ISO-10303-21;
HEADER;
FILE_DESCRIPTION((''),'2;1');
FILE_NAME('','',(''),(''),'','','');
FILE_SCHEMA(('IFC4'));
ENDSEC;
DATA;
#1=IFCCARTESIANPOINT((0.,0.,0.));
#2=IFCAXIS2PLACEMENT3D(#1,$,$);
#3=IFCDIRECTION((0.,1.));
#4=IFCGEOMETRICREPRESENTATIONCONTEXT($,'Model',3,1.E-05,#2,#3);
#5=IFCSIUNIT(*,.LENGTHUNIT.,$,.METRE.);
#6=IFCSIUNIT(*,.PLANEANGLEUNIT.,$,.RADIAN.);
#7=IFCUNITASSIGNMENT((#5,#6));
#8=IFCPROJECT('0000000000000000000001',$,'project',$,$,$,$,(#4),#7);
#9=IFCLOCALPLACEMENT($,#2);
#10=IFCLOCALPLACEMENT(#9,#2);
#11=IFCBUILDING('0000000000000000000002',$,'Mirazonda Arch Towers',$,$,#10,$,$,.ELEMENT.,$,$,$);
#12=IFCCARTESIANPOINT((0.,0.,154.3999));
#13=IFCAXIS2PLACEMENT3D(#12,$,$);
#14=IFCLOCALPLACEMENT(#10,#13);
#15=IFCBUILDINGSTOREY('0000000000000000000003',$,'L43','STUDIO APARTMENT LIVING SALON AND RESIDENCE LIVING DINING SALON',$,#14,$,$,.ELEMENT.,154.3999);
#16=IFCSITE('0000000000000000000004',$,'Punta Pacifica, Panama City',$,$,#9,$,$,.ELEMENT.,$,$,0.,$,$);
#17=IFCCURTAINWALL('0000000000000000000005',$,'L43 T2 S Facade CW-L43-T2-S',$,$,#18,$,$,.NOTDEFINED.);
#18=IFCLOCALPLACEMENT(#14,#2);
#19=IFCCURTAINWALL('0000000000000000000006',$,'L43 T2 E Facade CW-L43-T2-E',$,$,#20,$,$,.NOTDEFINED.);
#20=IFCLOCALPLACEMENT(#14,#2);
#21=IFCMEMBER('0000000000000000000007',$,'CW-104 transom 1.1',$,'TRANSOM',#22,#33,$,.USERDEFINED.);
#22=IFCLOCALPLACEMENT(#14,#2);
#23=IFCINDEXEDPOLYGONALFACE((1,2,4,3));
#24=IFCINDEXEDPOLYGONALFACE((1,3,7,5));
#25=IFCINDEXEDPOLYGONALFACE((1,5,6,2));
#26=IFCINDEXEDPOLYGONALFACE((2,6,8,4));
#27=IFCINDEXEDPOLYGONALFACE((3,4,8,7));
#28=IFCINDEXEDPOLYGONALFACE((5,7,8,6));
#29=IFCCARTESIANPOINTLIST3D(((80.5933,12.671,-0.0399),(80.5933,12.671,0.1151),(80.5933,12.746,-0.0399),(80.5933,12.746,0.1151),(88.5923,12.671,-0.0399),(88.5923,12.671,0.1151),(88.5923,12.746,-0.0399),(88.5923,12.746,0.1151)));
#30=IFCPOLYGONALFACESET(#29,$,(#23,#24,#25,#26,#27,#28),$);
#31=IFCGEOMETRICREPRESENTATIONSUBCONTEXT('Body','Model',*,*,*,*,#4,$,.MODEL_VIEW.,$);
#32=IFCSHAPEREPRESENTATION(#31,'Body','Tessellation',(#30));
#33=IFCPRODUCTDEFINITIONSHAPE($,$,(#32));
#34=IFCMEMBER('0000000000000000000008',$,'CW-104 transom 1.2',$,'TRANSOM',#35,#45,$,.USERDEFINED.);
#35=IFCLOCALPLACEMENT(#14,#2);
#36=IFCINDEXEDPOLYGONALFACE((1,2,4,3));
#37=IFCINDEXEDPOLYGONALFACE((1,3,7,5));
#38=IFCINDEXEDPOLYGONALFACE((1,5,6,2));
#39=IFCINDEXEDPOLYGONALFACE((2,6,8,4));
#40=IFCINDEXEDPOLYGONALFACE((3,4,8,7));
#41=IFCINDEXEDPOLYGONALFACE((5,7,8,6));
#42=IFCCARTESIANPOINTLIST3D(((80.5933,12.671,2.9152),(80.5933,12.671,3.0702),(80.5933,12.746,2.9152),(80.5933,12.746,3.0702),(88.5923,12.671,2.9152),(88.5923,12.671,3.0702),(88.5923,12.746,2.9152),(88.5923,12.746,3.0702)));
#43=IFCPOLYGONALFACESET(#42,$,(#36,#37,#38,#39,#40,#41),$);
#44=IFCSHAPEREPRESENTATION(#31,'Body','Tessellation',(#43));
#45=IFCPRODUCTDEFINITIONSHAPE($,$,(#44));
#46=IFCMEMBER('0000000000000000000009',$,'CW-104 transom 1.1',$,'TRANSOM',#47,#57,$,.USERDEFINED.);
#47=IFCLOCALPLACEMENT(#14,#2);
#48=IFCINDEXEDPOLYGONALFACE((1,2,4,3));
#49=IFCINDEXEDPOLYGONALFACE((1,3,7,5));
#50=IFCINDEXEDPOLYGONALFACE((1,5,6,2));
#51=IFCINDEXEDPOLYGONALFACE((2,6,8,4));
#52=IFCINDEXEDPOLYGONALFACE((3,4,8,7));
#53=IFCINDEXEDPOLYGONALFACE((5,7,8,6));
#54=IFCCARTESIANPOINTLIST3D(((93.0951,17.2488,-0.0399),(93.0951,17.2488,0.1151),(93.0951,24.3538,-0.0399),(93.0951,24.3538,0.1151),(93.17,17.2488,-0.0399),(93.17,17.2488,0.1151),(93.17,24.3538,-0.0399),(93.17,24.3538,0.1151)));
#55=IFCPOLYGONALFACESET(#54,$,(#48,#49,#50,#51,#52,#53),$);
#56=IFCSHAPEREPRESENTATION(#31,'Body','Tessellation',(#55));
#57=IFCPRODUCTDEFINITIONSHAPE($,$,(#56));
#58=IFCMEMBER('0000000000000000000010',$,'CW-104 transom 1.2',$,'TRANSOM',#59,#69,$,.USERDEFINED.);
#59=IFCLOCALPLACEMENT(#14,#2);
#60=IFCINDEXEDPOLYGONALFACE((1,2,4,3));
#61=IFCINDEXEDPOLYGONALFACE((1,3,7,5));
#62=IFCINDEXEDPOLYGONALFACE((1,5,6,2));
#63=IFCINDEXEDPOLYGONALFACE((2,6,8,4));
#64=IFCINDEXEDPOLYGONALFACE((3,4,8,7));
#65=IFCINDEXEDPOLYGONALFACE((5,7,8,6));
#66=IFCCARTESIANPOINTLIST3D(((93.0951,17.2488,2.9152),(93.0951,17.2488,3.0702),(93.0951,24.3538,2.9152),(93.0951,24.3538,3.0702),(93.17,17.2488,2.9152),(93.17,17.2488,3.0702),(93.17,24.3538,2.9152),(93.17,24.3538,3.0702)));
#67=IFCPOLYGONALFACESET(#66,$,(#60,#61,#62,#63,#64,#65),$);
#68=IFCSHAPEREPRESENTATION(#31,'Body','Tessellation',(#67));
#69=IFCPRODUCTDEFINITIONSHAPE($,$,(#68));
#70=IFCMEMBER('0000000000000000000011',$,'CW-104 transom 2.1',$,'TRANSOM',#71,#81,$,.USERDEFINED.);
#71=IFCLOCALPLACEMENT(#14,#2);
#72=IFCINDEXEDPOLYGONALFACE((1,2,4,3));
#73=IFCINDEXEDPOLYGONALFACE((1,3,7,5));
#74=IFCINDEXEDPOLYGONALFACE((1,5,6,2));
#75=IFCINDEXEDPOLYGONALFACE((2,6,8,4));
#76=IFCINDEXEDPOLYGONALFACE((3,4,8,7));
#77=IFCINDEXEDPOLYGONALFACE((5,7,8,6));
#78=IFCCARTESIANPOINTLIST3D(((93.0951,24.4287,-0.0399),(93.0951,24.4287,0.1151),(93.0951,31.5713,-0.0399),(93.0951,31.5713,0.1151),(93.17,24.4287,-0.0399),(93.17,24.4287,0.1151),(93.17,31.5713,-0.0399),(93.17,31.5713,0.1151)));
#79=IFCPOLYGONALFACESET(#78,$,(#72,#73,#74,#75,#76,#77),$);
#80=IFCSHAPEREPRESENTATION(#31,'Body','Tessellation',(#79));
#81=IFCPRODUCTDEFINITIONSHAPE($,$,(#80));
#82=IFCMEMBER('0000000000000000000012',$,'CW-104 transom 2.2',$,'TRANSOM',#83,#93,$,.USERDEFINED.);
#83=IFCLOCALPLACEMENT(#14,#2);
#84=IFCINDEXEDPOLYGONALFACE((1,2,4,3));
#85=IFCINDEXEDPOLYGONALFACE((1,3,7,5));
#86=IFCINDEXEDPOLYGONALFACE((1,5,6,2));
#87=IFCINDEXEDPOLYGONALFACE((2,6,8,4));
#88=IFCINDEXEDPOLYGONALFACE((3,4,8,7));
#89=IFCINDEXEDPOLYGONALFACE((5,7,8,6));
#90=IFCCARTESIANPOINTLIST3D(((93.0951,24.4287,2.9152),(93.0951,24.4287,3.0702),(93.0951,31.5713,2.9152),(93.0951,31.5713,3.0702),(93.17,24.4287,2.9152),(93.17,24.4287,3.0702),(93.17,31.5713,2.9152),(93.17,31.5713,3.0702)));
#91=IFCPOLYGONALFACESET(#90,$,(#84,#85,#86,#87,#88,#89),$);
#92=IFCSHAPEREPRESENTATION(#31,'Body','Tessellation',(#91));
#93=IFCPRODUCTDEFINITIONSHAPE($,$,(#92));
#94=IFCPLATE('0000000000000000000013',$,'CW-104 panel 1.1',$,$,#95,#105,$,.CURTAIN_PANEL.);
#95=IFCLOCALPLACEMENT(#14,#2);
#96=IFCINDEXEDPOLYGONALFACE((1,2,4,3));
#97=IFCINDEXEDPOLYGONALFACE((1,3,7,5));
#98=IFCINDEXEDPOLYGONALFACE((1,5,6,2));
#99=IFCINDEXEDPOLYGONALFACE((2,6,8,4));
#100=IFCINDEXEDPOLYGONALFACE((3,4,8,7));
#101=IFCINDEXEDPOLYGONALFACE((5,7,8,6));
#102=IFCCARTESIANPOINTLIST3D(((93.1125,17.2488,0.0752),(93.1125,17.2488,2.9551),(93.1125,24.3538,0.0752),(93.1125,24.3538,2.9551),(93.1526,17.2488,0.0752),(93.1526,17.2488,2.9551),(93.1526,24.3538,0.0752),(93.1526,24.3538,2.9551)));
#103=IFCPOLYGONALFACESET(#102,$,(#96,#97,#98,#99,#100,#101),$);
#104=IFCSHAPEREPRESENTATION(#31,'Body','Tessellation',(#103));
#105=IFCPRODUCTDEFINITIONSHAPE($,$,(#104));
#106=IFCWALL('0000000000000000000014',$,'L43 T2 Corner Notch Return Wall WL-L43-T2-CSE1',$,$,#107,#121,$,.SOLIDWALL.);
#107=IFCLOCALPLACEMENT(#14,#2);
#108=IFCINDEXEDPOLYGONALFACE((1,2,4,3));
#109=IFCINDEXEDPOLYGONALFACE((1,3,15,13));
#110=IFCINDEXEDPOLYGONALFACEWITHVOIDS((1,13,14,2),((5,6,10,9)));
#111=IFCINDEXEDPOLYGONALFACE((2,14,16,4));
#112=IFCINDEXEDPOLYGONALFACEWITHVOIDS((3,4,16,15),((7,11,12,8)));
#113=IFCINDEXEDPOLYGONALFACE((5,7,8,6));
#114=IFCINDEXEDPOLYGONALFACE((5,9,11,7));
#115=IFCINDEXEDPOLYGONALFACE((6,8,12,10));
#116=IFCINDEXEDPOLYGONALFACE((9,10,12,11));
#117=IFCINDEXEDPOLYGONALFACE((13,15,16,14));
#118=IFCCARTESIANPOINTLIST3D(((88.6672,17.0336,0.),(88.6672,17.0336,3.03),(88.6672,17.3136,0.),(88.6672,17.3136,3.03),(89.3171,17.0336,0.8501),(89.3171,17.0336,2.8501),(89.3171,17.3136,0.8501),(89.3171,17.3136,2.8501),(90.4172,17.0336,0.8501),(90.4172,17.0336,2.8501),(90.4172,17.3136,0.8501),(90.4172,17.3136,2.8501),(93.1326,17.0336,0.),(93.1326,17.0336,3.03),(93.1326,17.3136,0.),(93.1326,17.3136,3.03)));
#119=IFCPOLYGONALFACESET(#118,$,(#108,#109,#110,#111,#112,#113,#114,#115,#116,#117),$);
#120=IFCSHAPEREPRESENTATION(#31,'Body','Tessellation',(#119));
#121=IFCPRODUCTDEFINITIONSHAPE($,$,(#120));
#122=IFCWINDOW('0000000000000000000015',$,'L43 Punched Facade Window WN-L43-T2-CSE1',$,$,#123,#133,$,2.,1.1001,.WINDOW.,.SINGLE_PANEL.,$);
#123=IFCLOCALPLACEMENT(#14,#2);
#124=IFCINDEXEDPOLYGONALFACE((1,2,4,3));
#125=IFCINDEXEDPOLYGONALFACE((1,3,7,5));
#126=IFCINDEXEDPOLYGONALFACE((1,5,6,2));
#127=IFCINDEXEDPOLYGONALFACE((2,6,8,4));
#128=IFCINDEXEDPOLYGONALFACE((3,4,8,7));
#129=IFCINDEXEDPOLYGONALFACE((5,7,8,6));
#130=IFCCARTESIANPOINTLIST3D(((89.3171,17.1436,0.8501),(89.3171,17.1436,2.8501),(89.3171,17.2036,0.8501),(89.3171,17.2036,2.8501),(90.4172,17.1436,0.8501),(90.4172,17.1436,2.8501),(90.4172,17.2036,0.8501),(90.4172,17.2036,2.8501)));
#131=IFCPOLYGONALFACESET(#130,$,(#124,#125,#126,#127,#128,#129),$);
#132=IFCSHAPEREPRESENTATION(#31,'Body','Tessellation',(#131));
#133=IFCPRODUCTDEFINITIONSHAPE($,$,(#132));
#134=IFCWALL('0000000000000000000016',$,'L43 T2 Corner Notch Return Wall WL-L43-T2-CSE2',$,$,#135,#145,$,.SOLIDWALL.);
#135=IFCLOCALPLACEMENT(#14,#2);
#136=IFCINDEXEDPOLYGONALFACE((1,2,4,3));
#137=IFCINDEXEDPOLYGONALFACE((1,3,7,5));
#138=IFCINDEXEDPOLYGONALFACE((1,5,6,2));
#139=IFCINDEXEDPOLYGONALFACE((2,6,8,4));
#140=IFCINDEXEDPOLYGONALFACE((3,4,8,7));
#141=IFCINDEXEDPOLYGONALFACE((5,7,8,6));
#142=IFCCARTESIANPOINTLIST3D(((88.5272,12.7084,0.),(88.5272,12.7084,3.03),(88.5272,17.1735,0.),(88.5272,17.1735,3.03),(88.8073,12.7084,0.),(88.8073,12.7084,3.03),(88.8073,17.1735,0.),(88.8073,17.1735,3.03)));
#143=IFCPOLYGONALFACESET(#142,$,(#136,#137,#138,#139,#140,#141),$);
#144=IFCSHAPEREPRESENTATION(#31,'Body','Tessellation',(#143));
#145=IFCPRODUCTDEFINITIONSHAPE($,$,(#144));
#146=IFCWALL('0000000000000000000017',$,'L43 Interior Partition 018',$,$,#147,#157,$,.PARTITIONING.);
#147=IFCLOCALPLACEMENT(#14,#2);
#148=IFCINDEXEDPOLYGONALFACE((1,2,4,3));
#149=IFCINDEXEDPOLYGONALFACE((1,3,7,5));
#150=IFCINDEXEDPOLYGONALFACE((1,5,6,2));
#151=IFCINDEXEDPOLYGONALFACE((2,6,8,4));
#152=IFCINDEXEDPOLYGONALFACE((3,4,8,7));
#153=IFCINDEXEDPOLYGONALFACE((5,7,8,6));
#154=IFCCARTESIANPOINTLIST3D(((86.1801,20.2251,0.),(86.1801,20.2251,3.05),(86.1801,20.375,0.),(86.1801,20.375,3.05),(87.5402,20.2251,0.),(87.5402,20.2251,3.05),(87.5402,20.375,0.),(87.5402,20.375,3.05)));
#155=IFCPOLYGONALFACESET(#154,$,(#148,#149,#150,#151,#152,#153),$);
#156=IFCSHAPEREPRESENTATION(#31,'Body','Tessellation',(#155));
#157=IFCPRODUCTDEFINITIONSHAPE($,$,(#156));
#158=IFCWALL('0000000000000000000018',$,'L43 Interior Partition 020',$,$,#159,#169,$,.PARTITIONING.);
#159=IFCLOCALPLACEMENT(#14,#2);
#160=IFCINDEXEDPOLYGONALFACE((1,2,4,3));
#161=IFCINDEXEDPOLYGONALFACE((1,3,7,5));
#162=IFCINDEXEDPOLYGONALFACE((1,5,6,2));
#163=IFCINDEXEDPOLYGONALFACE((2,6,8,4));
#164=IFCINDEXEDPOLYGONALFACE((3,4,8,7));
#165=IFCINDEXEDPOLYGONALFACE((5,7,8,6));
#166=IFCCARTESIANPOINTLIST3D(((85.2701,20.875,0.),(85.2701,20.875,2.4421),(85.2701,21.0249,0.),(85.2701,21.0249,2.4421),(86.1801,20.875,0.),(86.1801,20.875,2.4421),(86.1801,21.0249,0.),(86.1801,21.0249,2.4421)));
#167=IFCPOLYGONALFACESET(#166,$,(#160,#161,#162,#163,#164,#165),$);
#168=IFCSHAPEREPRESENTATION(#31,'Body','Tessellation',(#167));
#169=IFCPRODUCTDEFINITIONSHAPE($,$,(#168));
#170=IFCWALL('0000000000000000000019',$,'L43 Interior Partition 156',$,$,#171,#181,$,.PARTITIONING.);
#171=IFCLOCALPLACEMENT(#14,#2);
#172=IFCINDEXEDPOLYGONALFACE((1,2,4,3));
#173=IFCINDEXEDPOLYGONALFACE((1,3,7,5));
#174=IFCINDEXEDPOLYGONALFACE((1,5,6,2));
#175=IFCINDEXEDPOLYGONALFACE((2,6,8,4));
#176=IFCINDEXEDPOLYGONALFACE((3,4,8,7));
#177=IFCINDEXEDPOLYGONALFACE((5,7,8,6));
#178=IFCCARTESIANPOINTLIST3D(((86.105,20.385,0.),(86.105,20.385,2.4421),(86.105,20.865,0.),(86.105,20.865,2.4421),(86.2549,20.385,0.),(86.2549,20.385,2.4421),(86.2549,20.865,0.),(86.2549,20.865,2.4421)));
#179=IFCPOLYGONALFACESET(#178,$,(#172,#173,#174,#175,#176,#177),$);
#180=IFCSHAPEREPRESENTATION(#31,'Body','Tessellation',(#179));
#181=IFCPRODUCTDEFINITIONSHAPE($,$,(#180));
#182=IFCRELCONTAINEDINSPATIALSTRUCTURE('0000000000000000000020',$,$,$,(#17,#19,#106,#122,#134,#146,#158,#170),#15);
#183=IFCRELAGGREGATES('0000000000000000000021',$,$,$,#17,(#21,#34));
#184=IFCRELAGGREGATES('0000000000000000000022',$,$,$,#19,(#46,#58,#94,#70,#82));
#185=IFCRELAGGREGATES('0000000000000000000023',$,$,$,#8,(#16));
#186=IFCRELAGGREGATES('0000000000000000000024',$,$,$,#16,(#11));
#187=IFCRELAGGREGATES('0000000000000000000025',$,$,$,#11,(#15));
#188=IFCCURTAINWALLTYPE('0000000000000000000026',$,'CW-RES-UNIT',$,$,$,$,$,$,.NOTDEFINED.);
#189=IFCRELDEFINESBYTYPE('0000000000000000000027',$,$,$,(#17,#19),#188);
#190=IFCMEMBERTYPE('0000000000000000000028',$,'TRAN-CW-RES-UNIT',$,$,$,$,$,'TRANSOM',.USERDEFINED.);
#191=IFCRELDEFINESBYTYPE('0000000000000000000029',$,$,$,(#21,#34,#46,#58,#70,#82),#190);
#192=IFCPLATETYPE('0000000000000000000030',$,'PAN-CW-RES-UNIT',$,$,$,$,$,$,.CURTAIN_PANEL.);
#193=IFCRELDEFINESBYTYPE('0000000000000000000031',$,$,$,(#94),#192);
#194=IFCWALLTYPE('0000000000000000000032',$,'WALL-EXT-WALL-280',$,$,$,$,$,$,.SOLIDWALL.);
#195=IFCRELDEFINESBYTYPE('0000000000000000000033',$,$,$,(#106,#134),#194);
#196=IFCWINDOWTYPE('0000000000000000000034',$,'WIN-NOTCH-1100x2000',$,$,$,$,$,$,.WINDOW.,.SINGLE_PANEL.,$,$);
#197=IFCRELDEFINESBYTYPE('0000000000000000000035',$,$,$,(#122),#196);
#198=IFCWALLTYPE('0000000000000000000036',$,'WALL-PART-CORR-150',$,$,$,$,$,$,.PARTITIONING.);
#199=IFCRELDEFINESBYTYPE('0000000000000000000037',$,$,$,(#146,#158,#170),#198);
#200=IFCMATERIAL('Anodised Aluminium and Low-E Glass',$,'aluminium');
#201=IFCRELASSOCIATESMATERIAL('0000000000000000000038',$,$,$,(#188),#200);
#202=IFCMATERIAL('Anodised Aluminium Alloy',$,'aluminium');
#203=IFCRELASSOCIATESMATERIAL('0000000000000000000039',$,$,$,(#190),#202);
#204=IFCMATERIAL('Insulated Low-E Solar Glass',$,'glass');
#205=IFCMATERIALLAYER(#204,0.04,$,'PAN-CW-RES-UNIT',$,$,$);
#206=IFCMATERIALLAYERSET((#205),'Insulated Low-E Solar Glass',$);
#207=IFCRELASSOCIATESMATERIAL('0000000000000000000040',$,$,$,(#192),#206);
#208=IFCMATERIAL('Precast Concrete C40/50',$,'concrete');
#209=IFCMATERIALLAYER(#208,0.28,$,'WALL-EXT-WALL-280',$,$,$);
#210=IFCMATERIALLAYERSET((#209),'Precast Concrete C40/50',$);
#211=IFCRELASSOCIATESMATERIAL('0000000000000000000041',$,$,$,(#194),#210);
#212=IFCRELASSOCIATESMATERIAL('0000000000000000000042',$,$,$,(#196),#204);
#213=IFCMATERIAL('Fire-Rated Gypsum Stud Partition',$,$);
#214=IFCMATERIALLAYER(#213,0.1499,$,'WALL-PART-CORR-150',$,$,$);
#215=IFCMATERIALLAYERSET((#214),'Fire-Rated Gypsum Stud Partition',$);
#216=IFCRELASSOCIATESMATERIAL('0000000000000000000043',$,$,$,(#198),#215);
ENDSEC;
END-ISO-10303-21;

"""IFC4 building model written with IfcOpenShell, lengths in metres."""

from ifc_helpers import new_model, si_unit, direction, frame, frame_2d, origin, origin_2d, place, context, subcontext, project, spatial, rectangle, extrude, material, layer, layer_set, material_profile, profile_set, type_object, element, fill, aggregate, save


model = new_model("IFC4")

# Units and contexts
model_context = context("Model", 3, precision=1e-05, world=origin(), true_north=direction((0.0, 1.0)))
body_context = subcontext(model_context, "Body", "Model", "MODEL_VIEW")
ifc_project = project(units=[si_unit("LENGTHUNIT", "METRE"), si_unit("PLANEANGLEUNIT", "RADIAN")], contexts=[model_context])

# Site, building, storey
site_placement = place(None, origin())
site = spatial("IfcSite", under=ifc_project, at=site_placement, Name="Punta Pacifica, Panama City", CompositionType="ELEMENT", RefElevation=0.0)
building_placement = place(site_placement, origin())
building = spatial("IfcBuilding", under=site, at=building_placement, Name="Mirazonda Arch Towers", CompositionType="ELEMENT")
storey_placement = place(building_placement, frame((0.0, 0.0, 154.3999)))
storey = spatial("IfcBuildingStorey", under=building, at=storey_placement, Name="L43", Description="STUDIO APARTMENT LIVING SALON AND RESIDENCE LIVING DINING SALON", CompositionType="ELEMENT", Elevation=154.3999)

# Curtain wall
ifc_material_1 = material(Name="Anodised Aluminium and Low-E Glass", Category="aluminium")
curtain_wall_type = type_object("IfcCurtainWallType", Name="CW-RES-UNIT", PredefinedType="NOTDEFINED", material=ifc_material_1)
curtain_wall_1_placement = place(storey_placement, origin())
curtain_wall_1 = element("IfcCurtainWall", 1, at=curtain_wall_1_placement, inside=storey, type_object=curtain_wall_type, Name="L43 T2 S Facade CW-L43-T2-S", PredefinedType="NOTDEFINED")
ifc_material_2 = material(Name="Anodised Aluminium Alloy", Category="aluminium")

# Curtain wall
curtain_wall_2_placement = place(storey_placement, origin())
curtain_wall_2 = element("IfcCurtainWall", 2, at=curtain_wall_2_placement, inside=storey, type_object=curtain_wall_type, Name="L43 T2 E Facade CW-L43-T2-E", PredefinedType="NOTDEFINED")

# Members
ifc_material_profile_1 = material_profile(ifc_material_2, rectangle(XDim=0.075, YDim=0.155, at=origin_2d()), Name="ALU-TRAN-75x155")
ifc_profile_set_1 = profile_set([ifc_material_profile_1], Name="Anodised Aluminium Alloy")
member_type_1 = type_object("IfcMemberType", Name="TRAN-CW-RES-UNIT", ElementType="TRANSOM", PredefinedType="USERDEFINED", material=ifc_profile_set_1)
member_1_placement = place(storey_placement, frame((88.5923, 12.7085, 0.0376), z_axis=(-1.0, 0.0, 0.0), x_axis=(0.0, -1.0, 0.0)))
member_1 = element("IfcMember", 3, at=member_1_placement, type_object=member_type_1, Name="CW-104 transom 1.1", ObjectType="TRANSOM", PredefinedType="USERDEFINED", context=body_context, shape_type="SweptSolid", body=[
    extrude(rectangle(XDim=0.075, YDim=0.155, at=origin_2d()), origin(), (0.0, 0.0, 1.0), 7.999),
])
member_2_placement = place(storey_placement, frame((88.5923, 12.7085, 2.9927), z_axis=(-1.0, 0.0, 0.0), x_axis=(0.0, -1.0, 0.0)))
member_2 = element("IfcMember", 4, at=member_2_placement, type_object=member_type_1, Name="CW-104 transom 1.2", ObjectType="TRANSOM", PredefinedType="USERDEFINED", context=body_context, shape_type="SweptSolid", body=[
    extrude(rectangle(XDim=0.075, YDim=0.155, at=origin_2d()), origin(), (0.0, 0.0, 1.0), 7.999),
])
aggregate(curtain_wall_1, [member_1, member_2])
member_3_placement = place(storey_placement, frame((93.1326, 17.2488, 0.0376), z_axis=(0.0, 1.0, 0.0), x_axis=(-1.0, 0.0, 0.0)))
member_3 = element("IfcMember", 5, at=member_3_placement, type_object=member_type_1, Name="CW-104 transom 1.1", ObjectType="TRANSOM", PredefinedType="USERDEFINED", context=body_context, shape_type="SweptSolid", body=[
    extrude(rectangle(XDim=0.075, YDim=0.155, at=origin_2d()), origin(), (0.0, 0.0, 1.0), 7.105),
])
member_4_placement = place(storey_placement, frame((93.1326, 17.2488, 2.9927), z_axis=(0.0, 1.0, 0.0), x_axis=(-1.0, 0.0, 0.0)))
member_4 = element("IfcMember", 6, at=member_4_placement, type_object=member_type_1, Name="CW-104 transom 1.2", ObjectType="TRANSOM", PredefinedType="USERDEFINED", context=body_context, shape_type="SweptSolid", body=[
    extrude(rectangle(XDim=0.075, YDim=0.155, at=origin_2d()), origin(), (0.0, 0.0, 1.0), 7.105),
])
member_5_placement = place(storey_placement, frame((93.1326, 24.4287, 0.0376), z_axis=(0.0, 1.0, 0.0), x_axis=(-1.0, 0.0, 0.0)))
member_5 = element("IfcMember", 7, at=member_5_placement, type_object=member_type_1, Name="CW-104 transom 2.1", ObjectType="TRANSOM", PredefinedType="USERDEFINED", context=body_context, shape_type="SweptSolid", body=[
    extrude(rectangle(XDim=0.075, YDim=0.155, at=origin_2d()), origin(), (0.0, 0.0, 1.0), 7.1426),
])
member_6_placement = place(storey_placement, frame((93.1326, 24.4287, 2.9927), z_axis=(0.0, 1.0, 0.0), x_axis=(-1.0, 0.0, 0.0)))
member_6 = element("IfcMember", 8, at=member_6_placement, type_object=member_type_1, Name="CW-104 transom 2.2", ObjectType="TRANSOM", PredefinedType="USERDEFINED", context=body_context, shape_type="SweptSolid", body=[
    extrude(rectangle(XDim=0.075, YDim=0.155, at=origin_2d()), origin(), (0.0, 0.0, 1.0), 7.1426),
])

# Plate
ifc_material_3 = material(Name="Insulated Low-E Solar Glass", Category="glass")
ifc_layer_1 = layer(ifc_material_3, 0.04, Name="PAN-CW-RES-UNIT")
ifc_layer_set_1 = layer_set([ifc_layer_1], Name="Insulated Low-E Solar Glass")
plate_type = type_object("IfcPlateType", Name="PAN-CW-RES-UNIT", PredefinedType="CURTAIN_PANEL", material=ifc_layer_set_1)
plate_placement = place(storey_placement, frame((93.1326, 20.8013, 0.0752), z_axis=(0.0, 0.0, 1.0), x_axis=(0.0, 1.0, 0.0)))
plate = element("IfcPlate", 9, at=plate_placement, type_object=plate_type, Name="CW-104 panel 1.1", PredefinedType="CURTAIN_PANEL", context=body_context, shape_type="SweptSolid", body=[
    extrude(rectangle(XDim=7.105, YDim=0.04, at=origin_2d()), origin(), (0.0, 0.0, 1.0), 2.8799),
])
aggregate(curtain_wall_2, [member_3, member_4, plate, member_5, member_6])

# Wall, opening, window
ifc_material_4 = material(Name="Precast Concrete C40/50", Category="concrete")
ifc_layer_2 = layer(ifc_material_4, 0.28, Name="WALL-EXT-WALL-280")
ifc_layer_set_2 = layer_set([ifc_layer_2], Name="Precast Concrete C40/50")
wall_type_1 = type_object("IfcWallType", Name="WALL-EXT-WALL-280", PredefinedType="SOLIDWALL", material=ifc_layer_set_2)
wall_1_placement = place(storey_placement, frame((88.6672, 17.1736, 0.0), z_axis=(0.0, 0.0, 1.0), x_axis=(1.0, 0.0, 0.0)))
wall_1 = element("IfcWall", 10, at=wall_1_placement, inside=storey, type_object=wall_type_1, Name="L43 T2 Corner Notch Return Wall WL-L43-T2-CSE1", PredefinedType="SOLIDWALL", context=body_context, shape_type="SweptSolid", body=[
    extrude(rectangle(XDim=4.4653, YDim=0.28, at=frame_2d((2.2327, 0.0))), origin(), (0.0, 0.0, 1.0), 3.03),
])
opening_1_placement = place(wall_1_placement, frame((0.6499, 0.0, 0.8501)))
opening_1 = element("IfcOpeningElement", 11, at=opening_1_placement, cuts=wall_1, PredefinedType="OPENING", context=body_context, shape_type="SweptSolid", body=[
    extrude(rectangle(XDim=1.1001, YDim=2.0, at=frame_2d((0.55, 1.0))), frame((0.0, 0.1499, 0.0), z_axis=(0.0, -1.0, 0.0), x_axis=(1.0, 0.0, 0.0)), (0.0, 0.0, 1.0), 0.3),
])
window_type = type_object("IfcWindowType", Name="WIN-NOTCH-1100x2000", PartitioningType="SINGLE_PANEL", PredefinedType="WINDOW", material=ifc_material_3)
window_placement = place(opening_1_placement, origin())
window = element("IfcWindow", 12, at=window_placement, inside=storey, type_object=window_type, Name="L43 Punched Facade Window WN-L43-T2-CSE1", OverallHeight=2.0, OverallWidth=1.1001, PartitioningType="SINGLE_PANEL", PredefinedType="WINDOW", context=body_context, shape_type="SweptSolid", body=[
    extrude(rectangle(XDim=1.1001, YDim=2.0, at=frame_2d((0.55, 1.0))), frame((0.0, 0.03, 0.0), z_axis=(0.0, -1.0, 0.0), x_axis=(1.0, 0.0, 0.0)), (0.0, 0.0, 1.0), 0.0601),
])
fill(opening_1, window)

# Walls
wall_2_placement = place(storey_placement, frame((88.6672, 12.7085, 0.0), z_axis=(0.0, 0.0, 1.0), x_axis=(0.0, 1.0, 0.0)))
element("IfcWall", 13, at=wall_2_placement, inside=storey, type_object=wall_type_1, Name="L43 T2 Corner Notch Return Wall WL-L43-T2-CSE2", PredefinedType="SOLIDWALL", context=body_context, shape_type="SweptSolid", body=[
    extrude(rectangle(XDim=4.4651, YDim=0.28, at=frame_2d((2.2324, 0.0))), origin(), (0.0, 0.0, 1.0), 3.03),
])
ifc_material_5 = material(Name="Fire-Rated Gypsum Stud Partition")
ifc_layer_3 = layer(ifc_material_5, 0.1499, Name="WALL-PART-CORR-150")
ifc_layer_set_3 = layer_set([ifc_layer_3], Name="Fire-Rated Gypsum Stud Partition")
wall_type_2 = type_object("IfcWallType", Name="WALL-PART-CORR-150", PredefinedType="PARTITIONING", material=ifc_layer_set_3)
wall_3_placement = place(storey_placement, frame((86.1799, 20.3, 0.0), z_axis=(0.0, 0.0, 1.0), x_axis=(1.0, 0.0, 0.0)))
element("IfcWall", 14, at=wall_3_placement, inside=storey, type_object=wall_type_2, Name="L43 Interior Partition 018", PredefinedType="PARTITIONING", context=body_context, shape_type="SweptSolid", body=[
    extrude(rectangle(XDim=1.3601, YDim=0.1499, at=frame_2d((0.6802, 0.0))), origin(), (0.0, 0.0, 1.0), 3.05),
])
wall_4_placement = place(storey_placement, frame((85.27, 20.95, 0.0), z_axis=(0.0, 0.0, 1.0), x_axis=(1.0, 0.0, 0.0)))
element("IfcWall", 15, at=wall_4_placement, inside=storey, type_object=wall_type_2, Name="L43 Interior Partition 020", PredefinedType="PARTITIONING", context=body_context, shape_type="SweptSolid", body=[
    extrude(rectangle(XDim=0.9099, YDim=0.1499, at=frame_2d((0.4551, 0.0))), origin(), (0.0, 0.0, 1.0), 2.4421),
])
wall_5_placement = place(storey_placement, frame((86.1799, 20.385, 0.0), z_axis=(0.0, 0.0, 1.0), x_axis=(0.0, 1.0, 0.0)))
element("IfcWall", 16, at=wall_5_placement, inside=storey, type_object=wall_type_2, Name="L43 Interior Partition 156", PredefinedType="PARTITIONING", context=body_context, shape_type="SweptSolid", body=[
    extrude(rectangle(XDim=0.48, YDim=0.1499, at=frame_2d((0.24, 0.0))), origin(), (0.0, 0.0, 1.0), 2.4421),
])

save(model, "model.ifc")
